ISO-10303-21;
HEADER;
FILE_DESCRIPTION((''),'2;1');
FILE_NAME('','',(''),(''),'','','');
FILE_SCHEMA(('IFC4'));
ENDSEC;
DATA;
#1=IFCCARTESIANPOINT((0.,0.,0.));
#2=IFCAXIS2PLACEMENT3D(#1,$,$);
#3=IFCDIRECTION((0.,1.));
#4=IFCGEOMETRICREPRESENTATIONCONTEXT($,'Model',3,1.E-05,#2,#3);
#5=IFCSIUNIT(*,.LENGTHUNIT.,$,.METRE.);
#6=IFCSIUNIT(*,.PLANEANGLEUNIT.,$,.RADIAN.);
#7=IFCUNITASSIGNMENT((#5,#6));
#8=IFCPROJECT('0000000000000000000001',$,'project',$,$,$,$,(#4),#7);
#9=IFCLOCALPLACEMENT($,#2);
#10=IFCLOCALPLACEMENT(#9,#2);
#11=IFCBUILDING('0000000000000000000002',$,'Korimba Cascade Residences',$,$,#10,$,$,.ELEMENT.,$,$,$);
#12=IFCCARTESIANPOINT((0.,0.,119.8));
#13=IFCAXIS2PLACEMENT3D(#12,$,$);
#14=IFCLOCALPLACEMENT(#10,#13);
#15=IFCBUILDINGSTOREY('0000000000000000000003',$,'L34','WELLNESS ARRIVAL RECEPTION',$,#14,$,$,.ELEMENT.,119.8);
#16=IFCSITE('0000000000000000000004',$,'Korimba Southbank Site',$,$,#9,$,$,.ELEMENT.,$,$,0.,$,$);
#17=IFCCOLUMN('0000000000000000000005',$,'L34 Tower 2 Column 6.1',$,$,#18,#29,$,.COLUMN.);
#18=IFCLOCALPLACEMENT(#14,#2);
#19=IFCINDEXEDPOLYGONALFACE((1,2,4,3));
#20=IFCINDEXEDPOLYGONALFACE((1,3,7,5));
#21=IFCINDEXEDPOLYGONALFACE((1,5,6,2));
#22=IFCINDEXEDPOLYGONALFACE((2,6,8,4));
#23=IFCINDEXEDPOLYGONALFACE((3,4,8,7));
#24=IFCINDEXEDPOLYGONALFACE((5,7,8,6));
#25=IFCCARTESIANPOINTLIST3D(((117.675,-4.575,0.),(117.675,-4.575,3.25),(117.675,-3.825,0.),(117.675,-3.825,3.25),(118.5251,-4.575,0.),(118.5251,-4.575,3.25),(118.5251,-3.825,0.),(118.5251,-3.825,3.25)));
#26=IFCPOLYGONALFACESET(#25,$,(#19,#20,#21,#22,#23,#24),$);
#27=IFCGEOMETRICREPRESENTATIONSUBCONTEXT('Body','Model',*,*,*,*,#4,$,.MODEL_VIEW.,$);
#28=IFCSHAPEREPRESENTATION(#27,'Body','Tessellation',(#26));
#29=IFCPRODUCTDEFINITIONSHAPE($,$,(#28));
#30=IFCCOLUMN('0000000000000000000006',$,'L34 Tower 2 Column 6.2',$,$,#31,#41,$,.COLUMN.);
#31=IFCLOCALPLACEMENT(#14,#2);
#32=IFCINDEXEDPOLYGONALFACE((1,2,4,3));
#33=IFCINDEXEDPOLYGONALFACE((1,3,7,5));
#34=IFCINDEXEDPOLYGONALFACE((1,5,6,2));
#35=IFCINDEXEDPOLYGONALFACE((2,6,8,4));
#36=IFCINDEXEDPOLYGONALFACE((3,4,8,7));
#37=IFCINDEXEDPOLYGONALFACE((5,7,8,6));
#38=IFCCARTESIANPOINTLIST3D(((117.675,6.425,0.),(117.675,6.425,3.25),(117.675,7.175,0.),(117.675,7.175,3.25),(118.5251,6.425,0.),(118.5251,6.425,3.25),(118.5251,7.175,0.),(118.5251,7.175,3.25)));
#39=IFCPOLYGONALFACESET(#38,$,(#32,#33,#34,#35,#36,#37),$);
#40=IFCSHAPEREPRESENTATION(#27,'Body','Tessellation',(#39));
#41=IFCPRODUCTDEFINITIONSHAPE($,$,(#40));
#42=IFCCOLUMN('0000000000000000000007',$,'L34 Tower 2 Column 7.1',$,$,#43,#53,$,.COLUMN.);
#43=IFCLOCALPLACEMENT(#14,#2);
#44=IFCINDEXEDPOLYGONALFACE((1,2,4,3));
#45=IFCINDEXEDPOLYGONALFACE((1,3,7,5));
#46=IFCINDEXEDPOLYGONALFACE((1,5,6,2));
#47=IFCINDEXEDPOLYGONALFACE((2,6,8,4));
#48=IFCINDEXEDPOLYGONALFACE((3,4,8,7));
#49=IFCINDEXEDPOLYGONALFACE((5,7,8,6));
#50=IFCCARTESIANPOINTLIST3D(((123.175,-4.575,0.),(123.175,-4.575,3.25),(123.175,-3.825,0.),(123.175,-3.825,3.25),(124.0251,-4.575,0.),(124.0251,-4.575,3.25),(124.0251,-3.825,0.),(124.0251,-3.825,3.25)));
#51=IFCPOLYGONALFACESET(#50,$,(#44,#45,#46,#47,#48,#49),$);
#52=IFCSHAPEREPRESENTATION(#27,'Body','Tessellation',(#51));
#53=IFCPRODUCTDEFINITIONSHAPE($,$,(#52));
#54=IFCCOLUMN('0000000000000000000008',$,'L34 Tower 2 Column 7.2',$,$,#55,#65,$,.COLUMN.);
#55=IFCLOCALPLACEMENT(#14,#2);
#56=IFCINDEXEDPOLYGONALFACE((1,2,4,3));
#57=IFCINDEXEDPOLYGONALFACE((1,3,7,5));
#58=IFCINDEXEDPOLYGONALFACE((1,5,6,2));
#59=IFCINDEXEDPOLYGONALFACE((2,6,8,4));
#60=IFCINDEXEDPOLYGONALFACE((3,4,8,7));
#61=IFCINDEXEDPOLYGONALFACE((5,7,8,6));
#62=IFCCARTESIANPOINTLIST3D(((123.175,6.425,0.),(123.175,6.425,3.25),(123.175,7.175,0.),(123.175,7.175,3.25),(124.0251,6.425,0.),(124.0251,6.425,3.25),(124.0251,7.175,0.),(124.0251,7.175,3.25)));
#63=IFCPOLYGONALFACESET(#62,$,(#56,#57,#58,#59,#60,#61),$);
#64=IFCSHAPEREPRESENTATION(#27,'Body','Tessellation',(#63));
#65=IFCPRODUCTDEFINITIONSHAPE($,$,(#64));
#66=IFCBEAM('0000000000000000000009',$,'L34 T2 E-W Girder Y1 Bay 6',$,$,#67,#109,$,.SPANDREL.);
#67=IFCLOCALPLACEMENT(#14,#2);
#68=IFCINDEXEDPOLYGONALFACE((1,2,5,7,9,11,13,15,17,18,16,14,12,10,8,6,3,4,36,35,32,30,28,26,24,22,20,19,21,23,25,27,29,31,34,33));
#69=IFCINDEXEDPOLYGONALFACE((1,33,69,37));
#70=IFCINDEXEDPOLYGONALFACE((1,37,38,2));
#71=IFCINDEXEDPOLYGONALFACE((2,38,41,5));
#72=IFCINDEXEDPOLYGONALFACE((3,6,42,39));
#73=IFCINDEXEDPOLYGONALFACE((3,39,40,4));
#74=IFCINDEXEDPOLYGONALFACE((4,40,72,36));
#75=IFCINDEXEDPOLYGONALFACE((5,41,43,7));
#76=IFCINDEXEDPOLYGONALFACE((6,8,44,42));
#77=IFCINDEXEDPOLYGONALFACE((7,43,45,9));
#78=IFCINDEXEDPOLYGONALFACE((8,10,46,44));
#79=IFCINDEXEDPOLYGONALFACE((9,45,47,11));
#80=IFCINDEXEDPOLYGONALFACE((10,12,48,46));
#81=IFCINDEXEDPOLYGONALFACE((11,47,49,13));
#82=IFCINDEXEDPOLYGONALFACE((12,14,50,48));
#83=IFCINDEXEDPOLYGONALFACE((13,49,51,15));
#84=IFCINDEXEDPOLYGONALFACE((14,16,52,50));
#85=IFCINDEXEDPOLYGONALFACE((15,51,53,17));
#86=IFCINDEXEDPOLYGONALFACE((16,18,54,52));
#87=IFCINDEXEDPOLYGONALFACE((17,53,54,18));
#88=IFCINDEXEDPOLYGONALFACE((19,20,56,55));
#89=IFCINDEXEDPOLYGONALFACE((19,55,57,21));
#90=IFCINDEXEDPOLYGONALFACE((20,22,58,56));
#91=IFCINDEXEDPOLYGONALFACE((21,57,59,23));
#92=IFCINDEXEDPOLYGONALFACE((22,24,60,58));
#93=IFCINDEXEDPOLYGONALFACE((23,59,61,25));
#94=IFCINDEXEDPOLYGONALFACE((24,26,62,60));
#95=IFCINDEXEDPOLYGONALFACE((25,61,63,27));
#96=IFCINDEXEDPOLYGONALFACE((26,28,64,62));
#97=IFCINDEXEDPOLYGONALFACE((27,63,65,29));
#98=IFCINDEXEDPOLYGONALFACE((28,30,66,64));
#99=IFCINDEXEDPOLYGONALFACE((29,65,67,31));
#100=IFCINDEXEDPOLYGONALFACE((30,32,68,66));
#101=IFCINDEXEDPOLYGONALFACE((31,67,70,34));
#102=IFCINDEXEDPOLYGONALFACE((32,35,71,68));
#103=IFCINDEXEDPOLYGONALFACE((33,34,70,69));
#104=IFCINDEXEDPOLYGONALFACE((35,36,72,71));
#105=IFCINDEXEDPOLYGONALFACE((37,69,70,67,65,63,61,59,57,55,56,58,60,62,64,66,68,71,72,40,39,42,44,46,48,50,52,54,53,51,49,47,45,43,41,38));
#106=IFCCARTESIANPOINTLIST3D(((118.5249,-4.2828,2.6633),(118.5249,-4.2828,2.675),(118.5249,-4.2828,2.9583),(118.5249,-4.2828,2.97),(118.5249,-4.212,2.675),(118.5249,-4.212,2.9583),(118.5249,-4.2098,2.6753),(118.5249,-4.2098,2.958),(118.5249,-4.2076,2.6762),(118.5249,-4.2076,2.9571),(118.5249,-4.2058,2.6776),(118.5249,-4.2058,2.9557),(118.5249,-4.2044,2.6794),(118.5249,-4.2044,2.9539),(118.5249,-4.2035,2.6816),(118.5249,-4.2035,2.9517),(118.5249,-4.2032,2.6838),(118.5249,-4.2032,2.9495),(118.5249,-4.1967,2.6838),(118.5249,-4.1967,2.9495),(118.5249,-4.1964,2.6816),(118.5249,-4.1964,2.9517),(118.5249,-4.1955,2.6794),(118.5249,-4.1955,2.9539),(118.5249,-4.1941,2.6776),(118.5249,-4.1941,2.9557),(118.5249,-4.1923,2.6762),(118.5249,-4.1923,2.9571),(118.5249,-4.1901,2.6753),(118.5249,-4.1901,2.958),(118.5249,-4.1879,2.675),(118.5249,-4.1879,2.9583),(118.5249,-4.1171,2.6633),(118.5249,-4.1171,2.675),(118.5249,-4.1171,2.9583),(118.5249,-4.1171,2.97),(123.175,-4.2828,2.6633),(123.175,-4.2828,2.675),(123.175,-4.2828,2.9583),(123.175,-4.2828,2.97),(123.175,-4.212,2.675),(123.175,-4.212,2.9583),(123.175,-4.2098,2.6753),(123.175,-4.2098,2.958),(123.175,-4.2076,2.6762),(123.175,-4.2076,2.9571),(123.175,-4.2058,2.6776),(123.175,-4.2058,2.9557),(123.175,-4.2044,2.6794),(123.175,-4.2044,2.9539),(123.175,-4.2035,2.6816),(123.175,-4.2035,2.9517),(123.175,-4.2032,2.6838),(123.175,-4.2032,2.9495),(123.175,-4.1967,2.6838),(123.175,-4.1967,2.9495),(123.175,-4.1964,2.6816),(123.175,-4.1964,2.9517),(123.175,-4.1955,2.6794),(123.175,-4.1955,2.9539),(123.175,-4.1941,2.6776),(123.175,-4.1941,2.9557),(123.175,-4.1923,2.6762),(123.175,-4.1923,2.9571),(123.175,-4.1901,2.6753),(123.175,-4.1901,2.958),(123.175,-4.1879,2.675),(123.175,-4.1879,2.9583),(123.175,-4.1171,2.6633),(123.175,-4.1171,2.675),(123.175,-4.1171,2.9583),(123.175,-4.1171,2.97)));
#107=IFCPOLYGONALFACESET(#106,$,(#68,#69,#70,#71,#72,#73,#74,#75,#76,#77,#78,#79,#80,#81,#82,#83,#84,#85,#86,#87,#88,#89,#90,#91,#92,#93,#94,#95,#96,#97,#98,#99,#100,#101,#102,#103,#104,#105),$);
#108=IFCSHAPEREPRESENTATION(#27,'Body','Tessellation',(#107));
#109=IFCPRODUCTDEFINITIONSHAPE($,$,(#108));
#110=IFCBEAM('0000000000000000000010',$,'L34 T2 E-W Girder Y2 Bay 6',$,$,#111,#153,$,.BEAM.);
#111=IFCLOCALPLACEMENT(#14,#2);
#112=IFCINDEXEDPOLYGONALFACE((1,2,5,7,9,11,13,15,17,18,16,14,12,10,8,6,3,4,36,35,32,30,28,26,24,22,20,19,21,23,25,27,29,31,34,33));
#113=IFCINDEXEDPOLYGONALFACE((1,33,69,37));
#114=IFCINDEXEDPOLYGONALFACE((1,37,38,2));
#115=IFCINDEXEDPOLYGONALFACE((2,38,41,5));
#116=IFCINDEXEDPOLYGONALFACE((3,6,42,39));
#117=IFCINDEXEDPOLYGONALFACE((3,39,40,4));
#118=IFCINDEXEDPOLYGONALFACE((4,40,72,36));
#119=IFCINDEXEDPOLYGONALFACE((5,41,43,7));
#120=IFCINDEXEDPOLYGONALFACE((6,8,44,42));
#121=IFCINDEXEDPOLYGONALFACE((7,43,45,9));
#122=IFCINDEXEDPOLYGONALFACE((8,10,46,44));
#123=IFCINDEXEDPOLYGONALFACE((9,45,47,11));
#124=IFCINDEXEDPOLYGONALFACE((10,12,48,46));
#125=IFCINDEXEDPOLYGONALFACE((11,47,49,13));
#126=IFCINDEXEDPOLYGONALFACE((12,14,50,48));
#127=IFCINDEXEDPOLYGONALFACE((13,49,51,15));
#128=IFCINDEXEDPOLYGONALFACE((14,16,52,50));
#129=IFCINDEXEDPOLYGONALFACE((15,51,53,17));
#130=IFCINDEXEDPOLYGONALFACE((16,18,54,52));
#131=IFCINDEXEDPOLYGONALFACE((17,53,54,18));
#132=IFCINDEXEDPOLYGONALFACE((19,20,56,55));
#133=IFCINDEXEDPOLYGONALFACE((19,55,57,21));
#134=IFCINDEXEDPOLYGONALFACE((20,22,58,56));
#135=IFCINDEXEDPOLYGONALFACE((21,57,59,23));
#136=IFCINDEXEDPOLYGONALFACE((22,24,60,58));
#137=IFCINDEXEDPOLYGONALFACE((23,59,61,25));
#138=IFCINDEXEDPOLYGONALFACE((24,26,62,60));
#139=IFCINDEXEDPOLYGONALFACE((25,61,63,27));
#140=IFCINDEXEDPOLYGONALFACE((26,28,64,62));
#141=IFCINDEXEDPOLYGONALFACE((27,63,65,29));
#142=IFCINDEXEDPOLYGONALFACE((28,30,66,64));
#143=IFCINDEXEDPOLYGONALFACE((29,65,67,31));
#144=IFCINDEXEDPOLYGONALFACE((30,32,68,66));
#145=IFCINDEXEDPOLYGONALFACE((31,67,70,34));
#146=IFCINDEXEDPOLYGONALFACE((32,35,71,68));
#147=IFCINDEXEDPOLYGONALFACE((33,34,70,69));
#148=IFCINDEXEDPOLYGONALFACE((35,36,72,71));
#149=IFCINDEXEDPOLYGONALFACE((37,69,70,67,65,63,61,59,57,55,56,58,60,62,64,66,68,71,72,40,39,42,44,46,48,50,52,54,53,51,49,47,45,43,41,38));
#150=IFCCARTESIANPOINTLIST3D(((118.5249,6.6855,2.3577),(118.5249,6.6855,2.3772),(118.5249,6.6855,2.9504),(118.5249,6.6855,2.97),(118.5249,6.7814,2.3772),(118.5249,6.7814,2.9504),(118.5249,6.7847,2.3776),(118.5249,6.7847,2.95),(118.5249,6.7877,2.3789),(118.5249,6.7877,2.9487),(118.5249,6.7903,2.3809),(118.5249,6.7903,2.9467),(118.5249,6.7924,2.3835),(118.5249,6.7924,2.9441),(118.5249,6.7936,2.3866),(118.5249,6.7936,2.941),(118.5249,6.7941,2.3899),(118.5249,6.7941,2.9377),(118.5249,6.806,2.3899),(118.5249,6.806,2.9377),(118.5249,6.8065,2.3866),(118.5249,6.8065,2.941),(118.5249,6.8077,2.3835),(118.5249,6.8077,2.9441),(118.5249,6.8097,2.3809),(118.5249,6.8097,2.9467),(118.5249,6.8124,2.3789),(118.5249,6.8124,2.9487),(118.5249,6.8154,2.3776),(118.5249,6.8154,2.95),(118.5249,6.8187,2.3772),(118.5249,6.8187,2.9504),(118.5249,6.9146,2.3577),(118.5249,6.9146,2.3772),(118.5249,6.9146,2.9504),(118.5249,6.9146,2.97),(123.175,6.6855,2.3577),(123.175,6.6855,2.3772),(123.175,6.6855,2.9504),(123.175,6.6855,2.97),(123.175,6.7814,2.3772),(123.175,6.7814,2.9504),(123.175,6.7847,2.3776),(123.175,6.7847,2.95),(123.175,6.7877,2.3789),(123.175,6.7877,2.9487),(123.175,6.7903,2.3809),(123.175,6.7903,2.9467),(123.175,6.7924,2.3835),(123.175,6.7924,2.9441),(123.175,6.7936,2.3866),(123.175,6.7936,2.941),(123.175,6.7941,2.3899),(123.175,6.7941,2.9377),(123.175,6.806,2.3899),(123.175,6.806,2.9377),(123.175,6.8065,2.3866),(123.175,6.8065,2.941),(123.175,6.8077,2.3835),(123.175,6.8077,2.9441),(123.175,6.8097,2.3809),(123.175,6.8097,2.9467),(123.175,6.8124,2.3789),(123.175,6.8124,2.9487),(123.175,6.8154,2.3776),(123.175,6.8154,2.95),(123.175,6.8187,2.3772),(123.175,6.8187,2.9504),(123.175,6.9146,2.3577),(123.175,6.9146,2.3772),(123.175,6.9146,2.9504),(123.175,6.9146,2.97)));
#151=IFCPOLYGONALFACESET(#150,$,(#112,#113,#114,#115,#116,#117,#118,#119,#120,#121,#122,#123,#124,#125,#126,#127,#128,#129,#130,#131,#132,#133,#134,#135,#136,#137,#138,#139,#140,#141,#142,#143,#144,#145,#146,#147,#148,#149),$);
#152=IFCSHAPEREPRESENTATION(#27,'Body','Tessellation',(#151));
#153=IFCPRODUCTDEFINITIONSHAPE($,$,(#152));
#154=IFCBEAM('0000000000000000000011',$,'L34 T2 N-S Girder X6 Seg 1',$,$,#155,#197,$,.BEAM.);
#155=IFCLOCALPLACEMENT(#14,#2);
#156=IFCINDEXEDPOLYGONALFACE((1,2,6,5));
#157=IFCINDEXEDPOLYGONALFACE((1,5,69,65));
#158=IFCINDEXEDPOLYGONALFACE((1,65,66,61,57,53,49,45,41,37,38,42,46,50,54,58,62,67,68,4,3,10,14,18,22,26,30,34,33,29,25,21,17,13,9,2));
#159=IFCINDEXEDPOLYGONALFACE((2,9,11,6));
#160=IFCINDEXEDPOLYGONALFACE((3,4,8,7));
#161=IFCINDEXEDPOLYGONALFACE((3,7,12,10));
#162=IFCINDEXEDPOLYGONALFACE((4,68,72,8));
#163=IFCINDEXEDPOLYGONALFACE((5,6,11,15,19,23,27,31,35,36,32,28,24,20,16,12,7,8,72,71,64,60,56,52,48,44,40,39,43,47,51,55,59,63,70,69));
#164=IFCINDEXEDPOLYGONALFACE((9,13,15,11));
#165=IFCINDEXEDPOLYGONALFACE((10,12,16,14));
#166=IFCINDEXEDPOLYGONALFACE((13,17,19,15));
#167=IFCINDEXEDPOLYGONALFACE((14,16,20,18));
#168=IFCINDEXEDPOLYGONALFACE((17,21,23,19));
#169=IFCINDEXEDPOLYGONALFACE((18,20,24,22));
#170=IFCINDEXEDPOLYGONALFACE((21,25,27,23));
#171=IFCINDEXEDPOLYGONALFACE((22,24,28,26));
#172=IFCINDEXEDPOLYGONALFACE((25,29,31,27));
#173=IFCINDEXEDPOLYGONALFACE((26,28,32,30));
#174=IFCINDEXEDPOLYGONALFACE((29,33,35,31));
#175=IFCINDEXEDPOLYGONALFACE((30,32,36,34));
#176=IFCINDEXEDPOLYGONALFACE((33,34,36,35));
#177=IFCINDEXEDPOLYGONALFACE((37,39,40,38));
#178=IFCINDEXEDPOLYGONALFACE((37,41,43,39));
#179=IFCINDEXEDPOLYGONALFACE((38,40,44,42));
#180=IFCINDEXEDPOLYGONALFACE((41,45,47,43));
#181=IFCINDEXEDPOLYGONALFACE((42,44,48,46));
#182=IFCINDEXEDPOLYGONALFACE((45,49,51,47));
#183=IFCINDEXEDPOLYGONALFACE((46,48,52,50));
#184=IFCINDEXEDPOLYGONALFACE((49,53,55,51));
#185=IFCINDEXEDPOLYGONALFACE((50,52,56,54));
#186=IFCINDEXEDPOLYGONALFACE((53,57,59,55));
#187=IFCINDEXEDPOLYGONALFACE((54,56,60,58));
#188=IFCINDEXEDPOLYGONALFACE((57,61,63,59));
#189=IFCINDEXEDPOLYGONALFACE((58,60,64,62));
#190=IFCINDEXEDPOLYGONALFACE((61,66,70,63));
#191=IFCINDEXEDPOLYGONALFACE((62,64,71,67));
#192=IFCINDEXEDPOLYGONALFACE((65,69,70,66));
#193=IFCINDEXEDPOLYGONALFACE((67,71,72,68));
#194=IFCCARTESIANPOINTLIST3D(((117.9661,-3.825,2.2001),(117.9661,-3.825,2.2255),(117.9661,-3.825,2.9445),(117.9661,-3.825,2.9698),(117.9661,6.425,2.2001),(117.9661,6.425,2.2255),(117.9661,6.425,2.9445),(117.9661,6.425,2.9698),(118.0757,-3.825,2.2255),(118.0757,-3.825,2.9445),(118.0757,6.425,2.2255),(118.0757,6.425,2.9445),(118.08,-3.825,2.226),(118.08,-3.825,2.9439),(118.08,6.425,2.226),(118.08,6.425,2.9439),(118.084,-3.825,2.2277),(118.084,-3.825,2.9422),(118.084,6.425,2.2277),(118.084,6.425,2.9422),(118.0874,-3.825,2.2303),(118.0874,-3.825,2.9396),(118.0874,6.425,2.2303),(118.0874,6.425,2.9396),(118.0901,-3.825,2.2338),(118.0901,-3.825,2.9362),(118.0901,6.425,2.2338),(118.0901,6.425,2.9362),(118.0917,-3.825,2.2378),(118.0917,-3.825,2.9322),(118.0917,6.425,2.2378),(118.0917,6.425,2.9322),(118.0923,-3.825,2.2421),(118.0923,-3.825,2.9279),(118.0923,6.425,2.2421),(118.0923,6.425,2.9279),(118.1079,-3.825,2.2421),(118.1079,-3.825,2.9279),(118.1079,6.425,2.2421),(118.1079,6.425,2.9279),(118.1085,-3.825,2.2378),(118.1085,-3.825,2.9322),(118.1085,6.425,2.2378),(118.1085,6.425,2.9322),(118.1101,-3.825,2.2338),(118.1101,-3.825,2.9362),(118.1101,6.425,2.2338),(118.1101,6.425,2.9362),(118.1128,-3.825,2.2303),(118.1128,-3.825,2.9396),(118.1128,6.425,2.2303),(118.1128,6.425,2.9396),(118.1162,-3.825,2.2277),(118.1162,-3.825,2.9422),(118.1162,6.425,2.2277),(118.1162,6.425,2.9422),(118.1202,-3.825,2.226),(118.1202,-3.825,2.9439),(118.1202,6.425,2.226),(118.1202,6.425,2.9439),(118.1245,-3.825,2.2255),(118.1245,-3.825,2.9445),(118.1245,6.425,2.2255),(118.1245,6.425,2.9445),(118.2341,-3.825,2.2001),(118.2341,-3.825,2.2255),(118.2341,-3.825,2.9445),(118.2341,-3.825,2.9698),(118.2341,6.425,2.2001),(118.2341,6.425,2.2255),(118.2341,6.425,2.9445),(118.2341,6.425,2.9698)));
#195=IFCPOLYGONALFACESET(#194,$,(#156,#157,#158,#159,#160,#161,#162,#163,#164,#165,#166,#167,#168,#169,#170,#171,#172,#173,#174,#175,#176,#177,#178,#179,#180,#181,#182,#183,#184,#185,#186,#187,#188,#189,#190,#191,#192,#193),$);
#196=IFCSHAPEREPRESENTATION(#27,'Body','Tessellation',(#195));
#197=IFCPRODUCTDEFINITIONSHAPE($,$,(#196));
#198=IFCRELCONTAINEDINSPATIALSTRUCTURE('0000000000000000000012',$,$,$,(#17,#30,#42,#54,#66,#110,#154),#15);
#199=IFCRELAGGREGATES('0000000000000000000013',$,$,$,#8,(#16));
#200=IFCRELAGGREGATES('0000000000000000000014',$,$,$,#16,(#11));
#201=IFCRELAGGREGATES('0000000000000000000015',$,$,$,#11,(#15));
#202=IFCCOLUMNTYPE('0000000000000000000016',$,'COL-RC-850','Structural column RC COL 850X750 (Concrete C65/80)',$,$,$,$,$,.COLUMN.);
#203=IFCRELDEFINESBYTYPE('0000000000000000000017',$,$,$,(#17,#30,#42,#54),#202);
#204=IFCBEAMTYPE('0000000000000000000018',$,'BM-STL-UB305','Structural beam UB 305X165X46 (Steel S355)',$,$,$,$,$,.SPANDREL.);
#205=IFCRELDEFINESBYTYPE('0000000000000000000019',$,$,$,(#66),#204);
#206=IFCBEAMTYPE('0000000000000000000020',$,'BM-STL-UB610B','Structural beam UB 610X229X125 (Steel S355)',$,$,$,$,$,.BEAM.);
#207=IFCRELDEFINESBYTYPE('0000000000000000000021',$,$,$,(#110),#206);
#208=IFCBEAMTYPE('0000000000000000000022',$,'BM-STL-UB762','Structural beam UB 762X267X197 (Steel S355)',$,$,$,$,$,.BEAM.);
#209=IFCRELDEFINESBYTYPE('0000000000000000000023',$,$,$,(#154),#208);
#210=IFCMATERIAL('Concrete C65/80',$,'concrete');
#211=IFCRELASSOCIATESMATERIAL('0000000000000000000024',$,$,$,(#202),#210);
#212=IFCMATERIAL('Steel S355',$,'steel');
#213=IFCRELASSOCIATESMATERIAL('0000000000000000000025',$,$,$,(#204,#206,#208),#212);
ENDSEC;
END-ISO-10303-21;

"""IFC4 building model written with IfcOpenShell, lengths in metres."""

from ifc_helpers import new_model, si_unit, direction, frame, origin, origin_2d, place, context, subcontext, project, spatial, rectangle, i_section, extrude, material, material_profile, profile_set, type_object, element, save


model = new_model("IFC4")

# Units and contexts
model_context = context("Model", 3, precision=1e-05, world=origin(), true_north=direction((0.0, 1.0)))
body_context = subcontext(model_context, "Body", "Model", "MODEL_VIEW")
ifc_project = project(units=[si_unit("LENGTHUNIT", "METRE"), si_unit("PLANEANGLEUNIT", "RADIAN")], contexts=[model_context])

# Site, building, storey
site_placement = place(None, origin())
site = spatial("IfcSite", under=ifc_project, at=site_placement, Name="Korimba Southbank Site", CompositionType="ELEMENT", RefElevation=0.0)
building_placement = place(site_placement, origin())
building = spatial("IfcBuilding", under=site, at=building_placement, Name="Korimba Cascade Residences", CompositionType="ELEMENT")
storey_placement = place(building_placement, frame((0.0, 0.0, 119.8)))
storey = spatial("IfcBuildingStorey", under=building, at=storey_placement, Name="L34", Description="WELLNESS ARRIVAL RECEPTION", CompositionType="ELEMENT", Elevation=119.8)

# Columns
ifc_material_1 = material(Name="Concrete C65/80", Category="concrete")
ifc_material_profile_1 = material_profile(ifc_material_1, rectangle(XDim=0.8501, YDim=0.75, at=origin_2d()), Name="Concrete C65/80")
ifc_profile_set_1 = profile_set([ifc_material_profile_1], Name="Concrete C65/80")
column_type = type_object("IfcColumnType", Name="COL-RC-850", Description="Structural column RC COL 850X750 (Concrete C65/80)", PredefinedType="COLUMN", material=ifc_profile_set_1)
for number, where, z_axis, x_axis, name in (
    (1, (118.1001, -4.2, 0.0), (0.0, 0.0, 1.0), (1.0, 0.0, 0.0), "L34 Tower 2 Column 6.1"),
    (2, (118.1001, 6.8, 0.0), (0.0, 0.0, 1.0), (1.0, 0.0, 0.0), "L34 Tower 2 Column 6.2"),
    (3, (123.6001, -4.2, 0.0), (0.0, 0.0, 1.0), (1.0, 0.0, 0.0), "L34 Tower 2 Column 7.1"),
    (4, (123.6001, 6.8, 0.0), (0.0, 0.0, 1.0), (1.0, 0.0, 0.0), "L34 Tower 2 Column 7.2"),
):
    element("IfcColumn", number, at=place(storey_placement, frame(where, z_axis=z_axis, x_axis=x_axis)), inside=storey, type_object=column_type, Name=name, PredefinedType="COLUMN", context=body_context, shape_type="SweptSolid", body=[
        extrude(rectangle(XDim=0.8501, YDim=0.75, at=origin_2d()), origin(), (0.0, 0.0, 1.0), 3.25),
    ])

# Beams
ifc_material_2 = material(Name="Steel S355", Category="steel")
ifc_material_profile_2 = material_profile(ifc_material_2, i_section(OverallWidth=0.1658, OverallDepth=0.3066, WebThickness=0.0066, FlangeThickness=0.0117, FilletRadius=0.0088, at=origin_2d()), Name="Steel S355")
ifc_profile_set_2 = profile_set([ifc_material_profile_2], Name="Steel S355")
beam_type_1 = type_object("IfcBeamType", Name="BM-STL-UB305", Description="Structural beam UB 305X165X46 (Steel S355)", PredefinedType="SPANDREL", material=ifc_profile_set_2)
beam_1_placement = place(storey_placement, frame((118.5249, -4.2, 2.8167), z_axis=(1.0, 0.0, 0.0), x_axis=(0.0, 1.0, 0.0)))
element("IfcBeam", 5, at=beam_1_placement, inside=storey, type_object=beam_type_1, Name="L34 T2 E-W Girder Y1 Bay 6", PredefinedType="SPANDREL", context=body_context, shape_type="SweptSolid", body=[
    extrude(i_section(OverallWidth=0.1658, OverallDepth=0.3066, WebThickness=0.0066, FlangeThickness=0.0117, FilletRadius=0.0088, at=origin_2d()), origin(), (0.0, 0.0, 1.0), 4.6501),
])
ifc_material_profile_3 = material_profile(ifc_material_2, i_section(OverallWidth=0.229, OverallDepth=0.6123, WebThickness=0.012, FlangeThickness=0.0195, FilletRadius=0.0127, at=origin_2d()), Name="Steel S355")
ifc_profile_set_3 = profile_set([ifc_material_profile_3], Name="Steel S355")
beam_type_2 = type_object("IfcBeamType", Name="BM-STL-UB610B", Description="Structural beam UB 610X229X125 (Steel S355)", PredefinedType="BEAM", material=ifc_profile_set_3)
beam_2_placement = place(storey_placement, frame((118.5249, 6.8, 2.6638), z_axis=(1.0, 0.0, 0.0), x_axis=(0.0, 1.0, 0.0)))
element("IfcBeam", 6, at=beam_2_placement, inside=storey, type_object=beam_type_2, Name="L34 T2 E-W Girder Y2 Bay 6", PredefinedType="BEAM", context=body_context, shape_type="SweptSolid", body=[
    extrude(i_section(OverallWidth=0.229, OverallDepth=0.6123, WebThickness=0.012, FlangeThickness=0.0195, FilletRadius=0.0127, at=origin_2d()), origin(), (0.0, 0.0, 1.0), 4.6501),
])
ifc_material_profile_4 = material_profile(ifc_material_2, i_section(OverallWidth=0.2681, OverallDepth=0.7698, WebThickness=0.0156, FlangeThickness=0.0254, FilletRadius=0.0166, at=origin_2d()), Name="Steel S355")
ifc_profile_set_4 = profile_set([ifc_material_profile_4], Name="Steel S355")
beam_type_3 = type_object("IfcBeamType", Name="BM-STL-UB762", Description="Structural beam UB 762X267X197 (Steel S355)", PredefinedType="BEAM", material=ifc_profile_set_4)
for number, where, z_axis, x_axis, name in (
    (7, (118.1001, -3.825, 2.585), (0.0, 1.0, 0.0), (-1.0, 0.0, 0.0), "L34 T2 N-S Girder X6 Seg 1"),
):
    element("IfcBeam", number, at=place(storey_placement, frame(where, z_axis=z_axis, x_axis=x_axis)), inside=storey, type_object=beam_type_3, Name=name, PredefinedType="BEAM", context=body_context, shape_type="SweptSolid", body=[
        extrude(i_section(OverallWidth=0.2681, OverallDepth=0.7698, WebThickness=0.0156, FlangeThickness=0.0254, FilletRadius=0.0166, at=origin_2d()), origin(), (0.0, 0.0, 1.0), 10.25),
    ])

save(model, "model.ifc")
